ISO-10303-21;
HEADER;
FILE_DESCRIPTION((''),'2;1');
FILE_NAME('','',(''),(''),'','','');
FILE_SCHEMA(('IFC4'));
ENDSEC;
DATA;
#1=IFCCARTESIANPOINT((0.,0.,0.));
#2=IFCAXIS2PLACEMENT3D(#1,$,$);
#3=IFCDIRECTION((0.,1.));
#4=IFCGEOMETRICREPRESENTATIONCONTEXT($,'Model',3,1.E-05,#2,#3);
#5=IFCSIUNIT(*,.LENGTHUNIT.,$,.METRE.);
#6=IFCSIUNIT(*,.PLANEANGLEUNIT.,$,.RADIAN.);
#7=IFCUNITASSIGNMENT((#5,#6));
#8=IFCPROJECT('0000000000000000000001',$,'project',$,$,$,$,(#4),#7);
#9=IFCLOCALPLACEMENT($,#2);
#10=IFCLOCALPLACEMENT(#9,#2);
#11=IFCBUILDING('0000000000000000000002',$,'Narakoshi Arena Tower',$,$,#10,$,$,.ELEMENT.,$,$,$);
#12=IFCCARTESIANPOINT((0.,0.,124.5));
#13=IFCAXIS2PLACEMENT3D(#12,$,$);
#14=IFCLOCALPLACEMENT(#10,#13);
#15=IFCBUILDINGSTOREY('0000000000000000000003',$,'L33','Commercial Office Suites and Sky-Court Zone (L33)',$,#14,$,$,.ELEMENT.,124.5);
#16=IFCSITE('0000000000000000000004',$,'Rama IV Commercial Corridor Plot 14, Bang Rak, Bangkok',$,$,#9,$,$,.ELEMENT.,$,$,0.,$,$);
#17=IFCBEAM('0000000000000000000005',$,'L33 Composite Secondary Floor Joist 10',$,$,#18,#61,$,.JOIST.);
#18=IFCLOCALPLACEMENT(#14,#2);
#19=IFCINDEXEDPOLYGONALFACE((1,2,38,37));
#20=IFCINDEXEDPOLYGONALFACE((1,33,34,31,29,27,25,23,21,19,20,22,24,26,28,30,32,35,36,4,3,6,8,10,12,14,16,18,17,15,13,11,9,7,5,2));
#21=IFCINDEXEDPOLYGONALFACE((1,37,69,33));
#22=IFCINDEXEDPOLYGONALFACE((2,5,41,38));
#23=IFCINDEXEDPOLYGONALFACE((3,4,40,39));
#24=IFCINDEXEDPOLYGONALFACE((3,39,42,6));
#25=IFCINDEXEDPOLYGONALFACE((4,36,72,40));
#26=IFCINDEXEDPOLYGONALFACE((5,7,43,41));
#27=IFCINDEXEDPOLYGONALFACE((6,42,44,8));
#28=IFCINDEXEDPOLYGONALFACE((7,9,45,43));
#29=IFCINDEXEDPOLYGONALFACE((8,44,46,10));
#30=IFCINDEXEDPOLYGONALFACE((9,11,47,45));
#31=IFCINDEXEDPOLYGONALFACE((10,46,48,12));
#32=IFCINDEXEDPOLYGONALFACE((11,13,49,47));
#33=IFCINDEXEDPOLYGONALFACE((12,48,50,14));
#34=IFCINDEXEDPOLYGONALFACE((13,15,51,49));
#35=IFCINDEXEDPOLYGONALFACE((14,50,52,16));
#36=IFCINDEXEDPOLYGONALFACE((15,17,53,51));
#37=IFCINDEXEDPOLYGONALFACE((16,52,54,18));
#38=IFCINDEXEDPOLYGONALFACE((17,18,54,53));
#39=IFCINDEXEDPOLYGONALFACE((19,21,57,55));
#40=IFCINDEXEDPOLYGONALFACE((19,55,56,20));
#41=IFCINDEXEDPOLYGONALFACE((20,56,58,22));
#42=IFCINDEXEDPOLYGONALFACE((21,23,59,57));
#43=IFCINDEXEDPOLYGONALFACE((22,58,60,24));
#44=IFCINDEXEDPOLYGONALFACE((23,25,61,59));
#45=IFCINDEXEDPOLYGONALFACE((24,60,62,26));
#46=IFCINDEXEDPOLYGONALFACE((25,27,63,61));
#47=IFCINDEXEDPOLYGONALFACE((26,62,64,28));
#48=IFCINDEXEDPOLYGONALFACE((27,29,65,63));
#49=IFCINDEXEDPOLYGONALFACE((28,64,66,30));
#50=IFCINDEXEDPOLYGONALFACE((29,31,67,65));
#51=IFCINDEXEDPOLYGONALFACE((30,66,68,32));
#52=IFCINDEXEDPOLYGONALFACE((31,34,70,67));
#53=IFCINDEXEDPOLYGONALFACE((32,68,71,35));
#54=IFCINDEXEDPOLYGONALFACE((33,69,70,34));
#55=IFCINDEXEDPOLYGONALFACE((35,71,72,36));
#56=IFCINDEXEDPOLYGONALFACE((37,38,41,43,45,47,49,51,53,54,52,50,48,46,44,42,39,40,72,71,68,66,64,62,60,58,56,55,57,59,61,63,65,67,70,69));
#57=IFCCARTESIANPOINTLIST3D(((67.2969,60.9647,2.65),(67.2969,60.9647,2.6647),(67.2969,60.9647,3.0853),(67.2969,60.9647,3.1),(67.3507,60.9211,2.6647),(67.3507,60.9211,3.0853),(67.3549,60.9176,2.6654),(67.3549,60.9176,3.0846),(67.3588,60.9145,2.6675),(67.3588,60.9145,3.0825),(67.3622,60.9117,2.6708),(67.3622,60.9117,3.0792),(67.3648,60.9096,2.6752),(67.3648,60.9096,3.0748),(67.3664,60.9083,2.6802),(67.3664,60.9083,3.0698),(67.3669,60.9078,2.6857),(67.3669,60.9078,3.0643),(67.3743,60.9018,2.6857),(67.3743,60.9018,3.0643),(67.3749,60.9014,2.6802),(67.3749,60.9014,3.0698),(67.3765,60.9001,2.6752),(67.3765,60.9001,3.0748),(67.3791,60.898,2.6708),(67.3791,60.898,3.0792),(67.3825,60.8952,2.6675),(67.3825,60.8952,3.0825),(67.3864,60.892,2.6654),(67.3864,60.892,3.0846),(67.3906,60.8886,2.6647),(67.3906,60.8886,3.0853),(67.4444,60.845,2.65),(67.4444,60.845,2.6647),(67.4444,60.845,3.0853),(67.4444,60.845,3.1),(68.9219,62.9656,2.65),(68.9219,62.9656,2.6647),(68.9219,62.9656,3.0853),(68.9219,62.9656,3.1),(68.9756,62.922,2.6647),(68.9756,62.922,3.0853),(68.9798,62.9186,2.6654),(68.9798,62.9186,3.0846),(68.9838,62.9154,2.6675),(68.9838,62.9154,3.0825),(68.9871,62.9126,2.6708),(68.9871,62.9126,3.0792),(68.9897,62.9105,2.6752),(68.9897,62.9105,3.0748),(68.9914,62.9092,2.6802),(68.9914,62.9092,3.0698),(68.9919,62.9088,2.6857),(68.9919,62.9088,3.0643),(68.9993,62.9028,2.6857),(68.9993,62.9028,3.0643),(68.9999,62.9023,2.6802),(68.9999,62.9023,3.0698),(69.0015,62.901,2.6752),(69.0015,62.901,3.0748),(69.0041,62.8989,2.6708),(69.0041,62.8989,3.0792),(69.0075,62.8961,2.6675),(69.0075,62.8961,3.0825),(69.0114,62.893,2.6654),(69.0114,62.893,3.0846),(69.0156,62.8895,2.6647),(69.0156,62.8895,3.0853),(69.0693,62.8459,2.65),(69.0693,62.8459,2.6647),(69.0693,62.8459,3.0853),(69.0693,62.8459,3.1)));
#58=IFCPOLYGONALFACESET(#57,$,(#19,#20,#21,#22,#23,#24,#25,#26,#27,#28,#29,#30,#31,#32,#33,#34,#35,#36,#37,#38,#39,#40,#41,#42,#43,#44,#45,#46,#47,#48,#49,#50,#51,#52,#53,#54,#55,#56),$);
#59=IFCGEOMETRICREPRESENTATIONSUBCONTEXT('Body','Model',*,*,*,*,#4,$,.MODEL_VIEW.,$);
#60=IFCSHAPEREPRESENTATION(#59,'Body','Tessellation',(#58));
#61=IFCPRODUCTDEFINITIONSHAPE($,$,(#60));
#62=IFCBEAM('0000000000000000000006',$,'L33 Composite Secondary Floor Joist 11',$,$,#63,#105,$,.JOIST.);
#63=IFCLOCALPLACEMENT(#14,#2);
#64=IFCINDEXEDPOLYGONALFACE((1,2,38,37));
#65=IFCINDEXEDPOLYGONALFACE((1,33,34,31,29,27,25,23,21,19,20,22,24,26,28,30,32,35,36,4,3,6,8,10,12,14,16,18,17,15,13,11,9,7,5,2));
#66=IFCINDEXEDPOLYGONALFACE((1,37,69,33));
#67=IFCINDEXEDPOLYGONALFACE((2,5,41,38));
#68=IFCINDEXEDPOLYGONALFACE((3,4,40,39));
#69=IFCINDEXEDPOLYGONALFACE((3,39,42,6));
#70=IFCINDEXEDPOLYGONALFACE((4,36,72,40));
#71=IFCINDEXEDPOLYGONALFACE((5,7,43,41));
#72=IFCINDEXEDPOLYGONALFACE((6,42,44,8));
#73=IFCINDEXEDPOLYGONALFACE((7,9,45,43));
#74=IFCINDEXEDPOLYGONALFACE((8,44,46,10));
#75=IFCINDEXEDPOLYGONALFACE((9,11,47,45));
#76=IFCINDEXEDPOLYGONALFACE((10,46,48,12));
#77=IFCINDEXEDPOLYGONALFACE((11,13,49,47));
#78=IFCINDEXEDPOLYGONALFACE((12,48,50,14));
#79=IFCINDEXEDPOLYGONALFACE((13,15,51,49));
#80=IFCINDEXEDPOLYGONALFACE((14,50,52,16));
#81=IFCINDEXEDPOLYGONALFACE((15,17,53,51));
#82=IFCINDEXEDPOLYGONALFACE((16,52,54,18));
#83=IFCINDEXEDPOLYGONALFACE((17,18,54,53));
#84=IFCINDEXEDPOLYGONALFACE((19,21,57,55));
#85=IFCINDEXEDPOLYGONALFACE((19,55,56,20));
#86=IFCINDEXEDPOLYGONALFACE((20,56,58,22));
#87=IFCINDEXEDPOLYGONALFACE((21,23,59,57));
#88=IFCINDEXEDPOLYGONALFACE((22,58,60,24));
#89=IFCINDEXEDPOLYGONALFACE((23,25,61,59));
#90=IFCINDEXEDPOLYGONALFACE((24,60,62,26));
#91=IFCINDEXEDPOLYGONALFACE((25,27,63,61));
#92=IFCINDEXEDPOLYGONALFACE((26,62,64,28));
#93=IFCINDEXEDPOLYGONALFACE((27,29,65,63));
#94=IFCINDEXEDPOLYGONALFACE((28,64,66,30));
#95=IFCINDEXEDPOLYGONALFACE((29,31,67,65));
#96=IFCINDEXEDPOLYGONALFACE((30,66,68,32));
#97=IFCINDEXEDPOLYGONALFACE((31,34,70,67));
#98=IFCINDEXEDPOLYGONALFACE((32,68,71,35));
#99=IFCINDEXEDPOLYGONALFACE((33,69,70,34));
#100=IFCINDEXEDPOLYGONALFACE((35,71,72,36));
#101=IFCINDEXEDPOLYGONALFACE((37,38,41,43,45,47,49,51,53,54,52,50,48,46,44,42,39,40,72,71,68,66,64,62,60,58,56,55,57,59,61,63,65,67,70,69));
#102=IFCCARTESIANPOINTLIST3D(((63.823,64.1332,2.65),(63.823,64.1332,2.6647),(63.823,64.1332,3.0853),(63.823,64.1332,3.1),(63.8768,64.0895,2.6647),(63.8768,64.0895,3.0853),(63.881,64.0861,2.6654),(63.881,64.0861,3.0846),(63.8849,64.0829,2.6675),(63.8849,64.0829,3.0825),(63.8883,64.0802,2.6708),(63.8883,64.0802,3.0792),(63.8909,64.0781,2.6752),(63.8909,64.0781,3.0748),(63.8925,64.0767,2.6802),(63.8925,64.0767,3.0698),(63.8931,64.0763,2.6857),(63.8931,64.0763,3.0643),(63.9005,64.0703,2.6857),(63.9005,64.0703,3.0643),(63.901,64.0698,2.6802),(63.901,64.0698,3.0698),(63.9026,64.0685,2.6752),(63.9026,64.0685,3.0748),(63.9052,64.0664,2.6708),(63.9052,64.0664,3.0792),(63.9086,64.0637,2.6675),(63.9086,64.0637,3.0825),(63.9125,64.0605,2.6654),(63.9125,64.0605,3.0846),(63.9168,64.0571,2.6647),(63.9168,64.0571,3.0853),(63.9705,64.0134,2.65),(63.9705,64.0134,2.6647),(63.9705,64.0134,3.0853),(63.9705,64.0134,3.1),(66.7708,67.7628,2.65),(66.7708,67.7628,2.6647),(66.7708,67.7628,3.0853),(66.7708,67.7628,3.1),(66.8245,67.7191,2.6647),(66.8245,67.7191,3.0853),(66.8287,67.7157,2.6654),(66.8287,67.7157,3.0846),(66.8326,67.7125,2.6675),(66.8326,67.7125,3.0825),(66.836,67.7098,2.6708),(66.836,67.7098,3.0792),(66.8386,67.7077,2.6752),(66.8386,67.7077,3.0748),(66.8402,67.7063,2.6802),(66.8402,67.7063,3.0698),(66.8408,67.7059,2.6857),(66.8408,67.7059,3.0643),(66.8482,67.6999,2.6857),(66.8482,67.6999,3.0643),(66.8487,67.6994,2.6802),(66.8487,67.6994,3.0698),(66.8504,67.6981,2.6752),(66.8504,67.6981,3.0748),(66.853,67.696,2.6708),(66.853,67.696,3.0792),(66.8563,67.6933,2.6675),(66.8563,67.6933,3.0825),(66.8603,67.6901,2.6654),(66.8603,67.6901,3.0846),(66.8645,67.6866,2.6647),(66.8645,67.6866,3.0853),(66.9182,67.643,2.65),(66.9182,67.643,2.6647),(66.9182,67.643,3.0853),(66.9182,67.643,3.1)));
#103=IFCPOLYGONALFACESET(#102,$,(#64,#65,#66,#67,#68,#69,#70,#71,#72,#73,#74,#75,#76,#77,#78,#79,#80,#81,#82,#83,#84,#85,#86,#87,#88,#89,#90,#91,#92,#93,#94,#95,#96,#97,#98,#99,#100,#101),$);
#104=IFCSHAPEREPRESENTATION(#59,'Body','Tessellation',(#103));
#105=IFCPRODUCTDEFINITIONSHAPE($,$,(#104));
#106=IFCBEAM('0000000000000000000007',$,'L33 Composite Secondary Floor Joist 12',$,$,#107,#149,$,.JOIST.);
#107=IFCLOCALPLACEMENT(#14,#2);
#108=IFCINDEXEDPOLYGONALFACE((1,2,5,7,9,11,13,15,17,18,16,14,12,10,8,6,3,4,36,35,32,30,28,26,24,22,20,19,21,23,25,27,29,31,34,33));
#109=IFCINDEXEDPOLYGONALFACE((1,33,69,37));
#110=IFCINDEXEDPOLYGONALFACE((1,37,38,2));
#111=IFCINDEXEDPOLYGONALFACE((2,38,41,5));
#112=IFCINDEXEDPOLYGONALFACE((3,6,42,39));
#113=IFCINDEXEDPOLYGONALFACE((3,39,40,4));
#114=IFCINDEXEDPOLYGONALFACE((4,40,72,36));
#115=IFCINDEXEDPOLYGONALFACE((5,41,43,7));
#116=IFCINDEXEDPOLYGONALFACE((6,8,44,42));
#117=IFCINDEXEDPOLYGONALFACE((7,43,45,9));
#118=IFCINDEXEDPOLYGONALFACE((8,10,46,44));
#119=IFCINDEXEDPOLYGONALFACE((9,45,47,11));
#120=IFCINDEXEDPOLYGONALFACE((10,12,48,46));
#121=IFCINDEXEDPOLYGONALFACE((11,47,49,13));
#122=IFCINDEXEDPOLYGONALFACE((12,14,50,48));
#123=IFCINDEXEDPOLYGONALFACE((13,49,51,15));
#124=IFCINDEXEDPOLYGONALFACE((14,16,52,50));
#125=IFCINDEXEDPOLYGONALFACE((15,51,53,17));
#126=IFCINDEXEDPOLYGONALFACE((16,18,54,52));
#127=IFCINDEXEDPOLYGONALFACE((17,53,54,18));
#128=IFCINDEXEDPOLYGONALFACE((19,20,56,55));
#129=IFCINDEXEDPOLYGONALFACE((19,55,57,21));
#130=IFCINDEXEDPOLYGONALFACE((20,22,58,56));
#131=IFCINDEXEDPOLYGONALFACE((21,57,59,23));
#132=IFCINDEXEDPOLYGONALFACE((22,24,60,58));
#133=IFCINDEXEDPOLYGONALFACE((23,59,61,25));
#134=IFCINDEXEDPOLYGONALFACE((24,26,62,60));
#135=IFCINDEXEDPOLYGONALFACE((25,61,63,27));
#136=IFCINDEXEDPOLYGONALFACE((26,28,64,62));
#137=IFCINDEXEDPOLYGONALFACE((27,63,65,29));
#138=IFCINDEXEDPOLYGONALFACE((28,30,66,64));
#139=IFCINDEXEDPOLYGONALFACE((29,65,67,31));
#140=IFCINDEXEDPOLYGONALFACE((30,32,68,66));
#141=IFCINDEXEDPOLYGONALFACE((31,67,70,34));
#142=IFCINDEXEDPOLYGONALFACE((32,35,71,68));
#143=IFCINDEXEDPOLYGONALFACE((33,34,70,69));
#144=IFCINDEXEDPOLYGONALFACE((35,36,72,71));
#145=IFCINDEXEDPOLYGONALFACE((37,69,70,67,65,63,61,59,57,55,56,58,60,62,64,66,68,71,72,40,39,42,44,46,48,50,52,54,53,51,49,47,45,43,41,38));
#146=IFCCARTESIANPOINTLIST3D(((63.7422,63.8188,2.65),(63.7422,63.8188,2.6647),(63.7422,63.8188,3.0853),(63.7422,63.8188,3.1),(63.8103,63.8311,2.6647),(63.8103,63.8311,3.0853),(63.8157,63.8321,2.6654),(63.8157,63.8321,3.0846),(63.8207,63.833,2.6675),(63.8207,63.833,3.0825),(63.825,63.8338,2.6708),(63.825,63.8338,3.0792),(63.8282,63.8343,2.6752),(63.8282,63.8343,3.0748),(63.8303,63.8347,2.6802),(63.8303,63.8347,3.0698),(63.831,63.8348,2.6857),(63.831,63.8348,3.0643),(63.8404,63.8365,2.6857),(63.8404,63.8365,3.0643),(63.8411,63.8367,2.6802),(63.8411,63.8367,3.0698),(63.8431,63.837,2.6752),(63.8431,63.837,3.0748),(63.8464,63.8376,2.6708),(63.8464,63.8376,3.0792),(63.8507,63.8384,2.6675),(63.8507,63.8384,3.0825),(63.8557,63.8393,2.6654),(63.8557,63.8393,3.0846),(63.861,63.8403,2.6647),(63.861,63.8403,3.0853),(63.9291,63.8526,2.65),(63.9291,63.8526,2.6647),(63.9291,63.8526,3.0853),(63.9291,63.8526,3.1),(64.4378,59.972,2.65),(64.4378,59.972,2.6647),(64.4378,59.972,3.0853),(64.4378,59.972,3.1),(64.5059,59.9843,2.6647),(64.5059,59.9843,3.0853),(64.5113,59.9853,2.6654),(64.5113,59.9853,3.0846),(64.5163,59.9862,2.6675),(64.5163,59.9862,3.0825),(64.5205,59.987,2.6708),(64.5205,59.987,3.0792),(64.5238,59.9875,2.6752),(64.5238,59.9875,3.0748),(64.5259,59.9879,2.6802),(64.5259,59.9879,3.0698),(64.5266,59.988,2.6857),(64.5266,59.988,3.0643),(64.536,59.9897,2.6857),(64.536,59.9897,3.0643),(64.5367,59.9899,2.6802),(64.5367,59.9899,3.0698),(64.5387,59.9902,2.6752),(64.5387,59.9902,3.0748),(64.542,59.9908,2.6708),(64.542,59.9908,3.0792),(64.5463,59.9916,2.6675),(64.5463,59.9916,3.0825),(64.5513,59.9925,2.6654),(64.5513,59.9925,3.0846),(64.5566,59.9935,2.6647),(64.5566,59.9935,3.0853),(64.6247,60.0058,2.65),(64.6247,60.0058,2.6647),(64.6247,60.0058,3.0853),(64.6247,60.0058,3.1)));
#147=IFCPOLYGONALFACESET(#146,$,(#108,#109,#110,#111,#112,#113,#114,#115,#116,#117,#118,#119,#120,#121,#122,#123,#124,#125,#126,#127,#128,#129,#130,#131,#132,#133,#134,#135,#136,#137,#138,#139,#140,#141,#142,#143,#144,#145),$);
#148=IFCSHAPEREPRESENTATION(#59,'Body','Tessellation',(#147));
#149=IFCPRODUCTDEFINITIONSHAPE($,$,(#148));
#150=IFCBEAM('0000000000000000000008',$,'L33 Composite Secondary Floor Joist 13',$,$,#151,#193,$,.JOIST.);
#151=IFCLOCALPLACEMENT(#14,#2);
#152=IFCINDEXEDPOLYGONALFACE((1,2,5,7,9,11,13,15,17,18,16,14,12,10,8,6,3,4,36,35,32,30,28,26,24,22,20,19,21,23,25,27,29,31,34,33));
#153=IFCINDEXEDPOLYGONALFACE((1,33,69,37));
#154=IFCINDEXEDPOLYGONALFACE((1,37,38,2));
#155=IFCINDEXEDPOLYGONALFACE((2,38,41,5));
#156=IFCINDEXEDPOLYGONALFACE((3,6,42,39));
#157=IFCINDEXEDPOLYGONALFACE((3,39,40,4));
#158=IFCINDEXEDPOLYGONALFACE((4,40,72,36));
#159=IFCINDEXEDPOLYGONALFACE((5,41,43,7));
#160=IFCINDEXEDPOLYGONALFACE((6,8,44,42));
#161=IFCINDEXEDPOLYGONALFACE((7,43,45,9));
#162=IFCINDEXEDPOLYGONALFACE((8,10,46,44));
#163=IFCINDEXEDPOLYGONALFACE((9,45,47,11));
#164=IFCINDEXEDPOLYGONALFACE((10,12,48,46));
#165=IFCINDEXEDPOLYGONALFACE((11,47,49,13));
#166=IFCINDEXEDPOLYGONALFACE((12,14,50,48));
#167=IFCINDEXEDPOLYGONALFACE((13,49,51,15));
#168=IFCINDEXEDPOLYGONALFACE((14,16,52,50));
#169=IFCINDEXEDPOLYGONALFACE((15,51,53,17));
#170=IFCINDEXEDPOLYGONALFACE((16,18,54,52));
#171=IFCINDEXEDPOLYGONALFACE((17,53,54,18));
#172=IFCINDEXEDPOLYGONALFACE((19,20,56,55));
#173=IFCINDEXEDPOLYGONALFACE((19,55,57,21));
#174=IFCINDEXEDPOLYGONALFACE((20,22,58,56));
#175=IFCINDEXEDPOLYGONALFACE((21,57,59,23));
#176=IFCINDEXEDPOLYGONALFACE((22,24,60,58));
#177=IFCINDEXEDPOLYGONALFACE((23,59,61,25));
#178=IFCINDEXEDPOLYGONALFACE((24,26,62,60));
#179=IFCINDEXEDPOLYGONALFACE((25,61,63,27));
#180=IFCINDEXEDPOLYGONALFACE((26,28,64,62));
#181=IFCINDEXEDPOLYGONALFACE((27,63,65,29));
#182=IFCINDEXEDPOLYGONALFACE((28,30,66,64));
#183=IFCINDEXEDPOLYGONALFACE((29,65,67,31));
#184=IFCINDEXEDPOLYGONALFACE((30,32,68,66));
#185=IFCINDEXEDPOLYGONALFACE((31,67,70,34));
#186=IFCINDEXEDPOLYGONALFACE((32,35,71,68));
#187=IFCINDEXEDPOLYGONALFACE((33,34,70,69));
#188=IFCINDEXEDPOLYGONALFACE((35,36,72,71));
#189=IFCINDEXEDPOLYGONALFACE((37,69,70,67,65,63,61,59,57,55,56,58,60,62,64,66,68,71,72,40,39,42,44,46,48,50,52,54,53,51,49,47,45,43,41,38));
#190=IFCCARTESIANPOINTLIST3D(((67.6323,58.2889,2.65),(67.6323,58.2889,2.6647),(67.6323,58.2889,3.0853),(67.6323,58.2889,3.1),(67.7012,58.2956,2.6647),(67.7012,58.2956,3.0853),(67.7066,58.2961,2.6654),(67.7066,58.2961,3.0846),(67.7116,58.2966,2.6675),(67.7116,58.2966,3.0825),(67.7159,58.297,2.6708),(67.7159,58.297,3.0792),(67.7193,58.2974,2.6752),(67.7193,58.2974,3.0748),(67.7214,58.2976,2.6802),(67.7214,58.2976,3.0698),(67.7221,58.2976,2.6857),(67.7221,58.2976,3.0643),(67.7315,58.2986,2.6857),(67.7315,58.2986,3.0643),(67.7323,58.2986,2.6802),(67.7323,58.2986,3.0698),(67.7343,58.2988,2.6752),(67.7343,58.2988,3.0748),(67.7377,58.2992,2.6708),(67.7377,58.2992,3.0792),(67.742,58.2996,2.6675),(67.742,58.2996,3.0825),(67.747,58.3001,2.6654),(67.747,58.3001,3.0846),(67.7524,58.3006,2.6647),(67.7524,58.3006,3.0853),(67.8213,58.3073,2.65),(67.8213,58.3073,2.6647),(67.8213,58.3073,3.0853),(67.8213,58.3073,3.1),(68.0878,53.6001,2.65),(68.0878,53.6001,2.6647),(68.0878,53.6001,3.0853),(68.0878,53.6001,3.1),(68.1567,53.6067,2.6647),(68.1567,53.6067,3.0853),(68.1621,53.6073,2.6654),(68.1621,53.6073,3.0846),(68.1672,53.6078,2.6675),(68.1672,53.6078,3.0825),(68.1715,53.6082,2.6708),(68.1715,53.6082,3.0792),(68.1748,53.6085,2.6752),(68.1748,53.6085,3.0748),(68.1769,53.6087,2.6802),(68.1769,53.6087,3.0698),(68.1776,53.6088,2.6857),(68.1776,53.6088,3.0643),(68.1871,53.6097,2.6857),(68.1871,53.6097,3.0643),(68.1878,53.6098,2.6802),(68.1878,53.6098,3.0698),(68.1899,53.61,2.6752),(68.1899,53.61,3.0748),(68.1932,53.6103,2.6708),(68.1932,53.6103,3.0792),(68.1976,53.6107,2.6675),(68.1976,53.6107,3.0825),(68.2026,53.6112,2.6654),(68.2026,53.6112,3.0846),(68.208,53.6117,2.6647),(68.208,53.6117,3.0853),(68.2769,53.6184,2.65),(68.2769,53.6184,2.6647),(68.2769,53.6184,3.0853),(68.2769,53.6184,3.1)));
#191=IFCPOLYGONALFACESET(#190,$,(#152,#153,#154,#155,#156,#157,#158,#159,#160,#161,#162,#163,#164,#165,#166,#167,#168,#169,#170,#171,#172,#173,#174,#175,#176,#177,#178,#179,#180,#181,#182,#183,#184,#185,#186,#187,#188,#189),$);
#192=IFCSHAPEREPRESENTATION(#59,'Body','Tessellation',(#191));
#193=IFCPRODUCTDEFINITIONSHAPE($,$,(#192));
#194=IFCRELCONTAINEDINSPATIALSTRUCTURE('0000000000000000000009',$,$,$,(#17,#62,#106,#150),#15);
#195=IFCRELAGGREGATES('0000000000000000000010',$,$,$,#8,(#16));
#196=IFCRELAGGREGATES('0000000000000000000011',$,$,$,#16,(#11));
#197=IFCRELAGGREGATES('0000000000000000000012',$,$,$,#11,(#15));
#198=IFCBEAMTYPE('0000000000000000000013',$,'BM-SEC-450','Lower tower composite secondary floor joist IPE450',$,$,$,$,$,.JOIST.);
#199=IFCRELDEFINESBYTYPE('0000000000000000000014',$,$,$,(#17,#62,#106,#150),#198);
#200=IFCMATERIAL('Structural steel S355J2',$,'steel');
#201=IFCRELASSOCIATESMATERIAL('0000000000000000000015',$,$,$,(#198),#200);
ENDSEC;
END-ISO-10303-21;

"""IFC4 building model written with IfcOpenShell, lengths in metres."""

from ifc_helpers import new_model, si_unit, direction, frame, origin, origin_2d, place, context, subcontext, project, spatial, i_section, extrude, material, material_profile, profile_set, type_object, element, save


model = new_model("IFC4")

# Units and contexts
model_context = context("Model", 3, precision=1e-05, world=origin(), true_north=direction((0.0, 1.0)))
body_context = subcontext(model_context, "Body", "Model", "MODEL_VIEW")
ifc_project = project(units=[si_unit("LENGTHUNIT", "METRE"), si_unit("PLANEANGLEUNIT", "RADIAN")], contexts=[model_context])

# Site, building, storey
site_placement = place(None, origin())
site = spatial("IfcSite", under=ifc_project, at=site_placement, Name="Rama IV Commercial Corridor Plot 14, Bang Rak, Bangkok", CompositionType="ELEMENT", RefElevation=0.0)
building_placement = place(site_placement, origin())
building = spatial("IfcBuilding", under=site, at=building_placement, Name="Narakoshi Arena Tower", CompositionType="ELEMENT")
storey_placement = place(building_placement, frame((0.0, 0.0, 124.5)))
storey = spatial("IfcBuildingStorey", under=building, at=storey_placement, Name="L33", Description="Commercial Office Suites and Sky-Court Zone (L33)", CompositionType="ELEMENT", Elevation=124.5)

# Beams
ifc_material_1 = material(Name="Structural steel S355J2", Category="steel")
ifc_material_profile_1 = material_profile(ifc_material_1, i_section(OverallWidth=0.1899, OverallDepth=0.45, WebThickness=0.0095, FlangeThickness=0.0146, FilletRadius=0.021, at=origin_2d()), Name="IPE450")
ifc_profile_set_1 = profile_set([ifc_material_profile_1], Name="Structural steel S355J2")
beam_type_1 = type_object("IfcBeamType", Name="BM-SEC-450", Description="Lower tower composite secondary floor joist IPE450", PredefinedType="JOIST", material=ifc_profile_set_1)
beam_1_placement = place(storey_placement, frame((68.9956, 62.9058, 2.875), z_axis=(-0.630407, -0.776265, 0.0), x_axis=(0.776265, -0.630407, 0.0)))
element("IfcBeam", 1, at=beam_1_placement, inside=storey, type_object=beam_type_1, Name="L33 Composite Secondary Floor Joist 10", PredefinedType="JOIST", context=body_context, shape_type="SweptSolid", body=[
    extrude(i_section(OverallWidth=0.1899, OverallDepth=0.45, WebThickness=0.0095, FlangeThickness=0.0146, FilletRadius=0.021, at=origin_2d()), origin(), (0.0, 0.0, 1.0), 2.5776),
])
beam_2_placement = place(storey_placement, frame((66.8445, 67.7029, 2.875), z_axis=(-0.630422, -0.776253, 0.0), x_axis=(0.776253, -0.630422, 0.0)))
element("IfcBeam", 2, at=beam_2_placement, inside=storey, type_object=beam_type_1, Name="L33 Composite Secondary Floor Joist 11", PredefinedType="JOIST", context=body_context, shape_type="SweptSolid", body=[
    extrude(i_section(OverallWidth=0.1899, OverallDepth=0.45, WebThickness=0.0095, FlangeThickness=0.0146, FilletRadius=0.021, at=origin_2d()), origin(), (0.0, 0.0, 1.0), 4.6758),
])
beam_3_placement = place(storey_placement, frame((63.8357, 63.8357, 2.875), z_axis=(0.177935, -0.984042, 0.0), x_axis=(0.984042, 0.177935, 0.0)))
element("IfcBeam", 3, at=beam_3_placement, inside=storey, type_object=beam_type_1, Name="L33 Composite Secondary Floor Joist 12", PredefinedType="JOIST", context=body_context, shape_type="SweptSolid", body=[
    extrude(i_section(OverallWidth=0.1899, OverallDepth=0.45, WebThickness=0.0095, FlangeThickness=0.0146, FilletRadius=0.021, at=origin_2d()), origin(), (0.0, 0.0, 1.0), 3.9092),
])
beam_4_placement = place(storey_placement, frame((67.7268, 58.2981, 2.875), z_axis=(0.096702, -0.995313, 0.0), x_axis=(0.995313, 0.096702, 0.0)))
element("IfcBeam", 4, at=beam_4_placement, inside=storey, type_object=beam_type_1, Name="L33 Composite Secondary Floor Joist 13", PredefinedType="JOIST", context=body_context, shape_type="SweptSolid", body=[
    extrude(i_section(OverallWidth=0.1899, OverallDepth=0.45, WebThickness=0.0095, FlangeThickness=0.0146, FilletRadius=0.021, at=origin_2d()), origin(), (0.0, 0.0, 1.0), 4.7109),
])

save(model, "model.ifc")
